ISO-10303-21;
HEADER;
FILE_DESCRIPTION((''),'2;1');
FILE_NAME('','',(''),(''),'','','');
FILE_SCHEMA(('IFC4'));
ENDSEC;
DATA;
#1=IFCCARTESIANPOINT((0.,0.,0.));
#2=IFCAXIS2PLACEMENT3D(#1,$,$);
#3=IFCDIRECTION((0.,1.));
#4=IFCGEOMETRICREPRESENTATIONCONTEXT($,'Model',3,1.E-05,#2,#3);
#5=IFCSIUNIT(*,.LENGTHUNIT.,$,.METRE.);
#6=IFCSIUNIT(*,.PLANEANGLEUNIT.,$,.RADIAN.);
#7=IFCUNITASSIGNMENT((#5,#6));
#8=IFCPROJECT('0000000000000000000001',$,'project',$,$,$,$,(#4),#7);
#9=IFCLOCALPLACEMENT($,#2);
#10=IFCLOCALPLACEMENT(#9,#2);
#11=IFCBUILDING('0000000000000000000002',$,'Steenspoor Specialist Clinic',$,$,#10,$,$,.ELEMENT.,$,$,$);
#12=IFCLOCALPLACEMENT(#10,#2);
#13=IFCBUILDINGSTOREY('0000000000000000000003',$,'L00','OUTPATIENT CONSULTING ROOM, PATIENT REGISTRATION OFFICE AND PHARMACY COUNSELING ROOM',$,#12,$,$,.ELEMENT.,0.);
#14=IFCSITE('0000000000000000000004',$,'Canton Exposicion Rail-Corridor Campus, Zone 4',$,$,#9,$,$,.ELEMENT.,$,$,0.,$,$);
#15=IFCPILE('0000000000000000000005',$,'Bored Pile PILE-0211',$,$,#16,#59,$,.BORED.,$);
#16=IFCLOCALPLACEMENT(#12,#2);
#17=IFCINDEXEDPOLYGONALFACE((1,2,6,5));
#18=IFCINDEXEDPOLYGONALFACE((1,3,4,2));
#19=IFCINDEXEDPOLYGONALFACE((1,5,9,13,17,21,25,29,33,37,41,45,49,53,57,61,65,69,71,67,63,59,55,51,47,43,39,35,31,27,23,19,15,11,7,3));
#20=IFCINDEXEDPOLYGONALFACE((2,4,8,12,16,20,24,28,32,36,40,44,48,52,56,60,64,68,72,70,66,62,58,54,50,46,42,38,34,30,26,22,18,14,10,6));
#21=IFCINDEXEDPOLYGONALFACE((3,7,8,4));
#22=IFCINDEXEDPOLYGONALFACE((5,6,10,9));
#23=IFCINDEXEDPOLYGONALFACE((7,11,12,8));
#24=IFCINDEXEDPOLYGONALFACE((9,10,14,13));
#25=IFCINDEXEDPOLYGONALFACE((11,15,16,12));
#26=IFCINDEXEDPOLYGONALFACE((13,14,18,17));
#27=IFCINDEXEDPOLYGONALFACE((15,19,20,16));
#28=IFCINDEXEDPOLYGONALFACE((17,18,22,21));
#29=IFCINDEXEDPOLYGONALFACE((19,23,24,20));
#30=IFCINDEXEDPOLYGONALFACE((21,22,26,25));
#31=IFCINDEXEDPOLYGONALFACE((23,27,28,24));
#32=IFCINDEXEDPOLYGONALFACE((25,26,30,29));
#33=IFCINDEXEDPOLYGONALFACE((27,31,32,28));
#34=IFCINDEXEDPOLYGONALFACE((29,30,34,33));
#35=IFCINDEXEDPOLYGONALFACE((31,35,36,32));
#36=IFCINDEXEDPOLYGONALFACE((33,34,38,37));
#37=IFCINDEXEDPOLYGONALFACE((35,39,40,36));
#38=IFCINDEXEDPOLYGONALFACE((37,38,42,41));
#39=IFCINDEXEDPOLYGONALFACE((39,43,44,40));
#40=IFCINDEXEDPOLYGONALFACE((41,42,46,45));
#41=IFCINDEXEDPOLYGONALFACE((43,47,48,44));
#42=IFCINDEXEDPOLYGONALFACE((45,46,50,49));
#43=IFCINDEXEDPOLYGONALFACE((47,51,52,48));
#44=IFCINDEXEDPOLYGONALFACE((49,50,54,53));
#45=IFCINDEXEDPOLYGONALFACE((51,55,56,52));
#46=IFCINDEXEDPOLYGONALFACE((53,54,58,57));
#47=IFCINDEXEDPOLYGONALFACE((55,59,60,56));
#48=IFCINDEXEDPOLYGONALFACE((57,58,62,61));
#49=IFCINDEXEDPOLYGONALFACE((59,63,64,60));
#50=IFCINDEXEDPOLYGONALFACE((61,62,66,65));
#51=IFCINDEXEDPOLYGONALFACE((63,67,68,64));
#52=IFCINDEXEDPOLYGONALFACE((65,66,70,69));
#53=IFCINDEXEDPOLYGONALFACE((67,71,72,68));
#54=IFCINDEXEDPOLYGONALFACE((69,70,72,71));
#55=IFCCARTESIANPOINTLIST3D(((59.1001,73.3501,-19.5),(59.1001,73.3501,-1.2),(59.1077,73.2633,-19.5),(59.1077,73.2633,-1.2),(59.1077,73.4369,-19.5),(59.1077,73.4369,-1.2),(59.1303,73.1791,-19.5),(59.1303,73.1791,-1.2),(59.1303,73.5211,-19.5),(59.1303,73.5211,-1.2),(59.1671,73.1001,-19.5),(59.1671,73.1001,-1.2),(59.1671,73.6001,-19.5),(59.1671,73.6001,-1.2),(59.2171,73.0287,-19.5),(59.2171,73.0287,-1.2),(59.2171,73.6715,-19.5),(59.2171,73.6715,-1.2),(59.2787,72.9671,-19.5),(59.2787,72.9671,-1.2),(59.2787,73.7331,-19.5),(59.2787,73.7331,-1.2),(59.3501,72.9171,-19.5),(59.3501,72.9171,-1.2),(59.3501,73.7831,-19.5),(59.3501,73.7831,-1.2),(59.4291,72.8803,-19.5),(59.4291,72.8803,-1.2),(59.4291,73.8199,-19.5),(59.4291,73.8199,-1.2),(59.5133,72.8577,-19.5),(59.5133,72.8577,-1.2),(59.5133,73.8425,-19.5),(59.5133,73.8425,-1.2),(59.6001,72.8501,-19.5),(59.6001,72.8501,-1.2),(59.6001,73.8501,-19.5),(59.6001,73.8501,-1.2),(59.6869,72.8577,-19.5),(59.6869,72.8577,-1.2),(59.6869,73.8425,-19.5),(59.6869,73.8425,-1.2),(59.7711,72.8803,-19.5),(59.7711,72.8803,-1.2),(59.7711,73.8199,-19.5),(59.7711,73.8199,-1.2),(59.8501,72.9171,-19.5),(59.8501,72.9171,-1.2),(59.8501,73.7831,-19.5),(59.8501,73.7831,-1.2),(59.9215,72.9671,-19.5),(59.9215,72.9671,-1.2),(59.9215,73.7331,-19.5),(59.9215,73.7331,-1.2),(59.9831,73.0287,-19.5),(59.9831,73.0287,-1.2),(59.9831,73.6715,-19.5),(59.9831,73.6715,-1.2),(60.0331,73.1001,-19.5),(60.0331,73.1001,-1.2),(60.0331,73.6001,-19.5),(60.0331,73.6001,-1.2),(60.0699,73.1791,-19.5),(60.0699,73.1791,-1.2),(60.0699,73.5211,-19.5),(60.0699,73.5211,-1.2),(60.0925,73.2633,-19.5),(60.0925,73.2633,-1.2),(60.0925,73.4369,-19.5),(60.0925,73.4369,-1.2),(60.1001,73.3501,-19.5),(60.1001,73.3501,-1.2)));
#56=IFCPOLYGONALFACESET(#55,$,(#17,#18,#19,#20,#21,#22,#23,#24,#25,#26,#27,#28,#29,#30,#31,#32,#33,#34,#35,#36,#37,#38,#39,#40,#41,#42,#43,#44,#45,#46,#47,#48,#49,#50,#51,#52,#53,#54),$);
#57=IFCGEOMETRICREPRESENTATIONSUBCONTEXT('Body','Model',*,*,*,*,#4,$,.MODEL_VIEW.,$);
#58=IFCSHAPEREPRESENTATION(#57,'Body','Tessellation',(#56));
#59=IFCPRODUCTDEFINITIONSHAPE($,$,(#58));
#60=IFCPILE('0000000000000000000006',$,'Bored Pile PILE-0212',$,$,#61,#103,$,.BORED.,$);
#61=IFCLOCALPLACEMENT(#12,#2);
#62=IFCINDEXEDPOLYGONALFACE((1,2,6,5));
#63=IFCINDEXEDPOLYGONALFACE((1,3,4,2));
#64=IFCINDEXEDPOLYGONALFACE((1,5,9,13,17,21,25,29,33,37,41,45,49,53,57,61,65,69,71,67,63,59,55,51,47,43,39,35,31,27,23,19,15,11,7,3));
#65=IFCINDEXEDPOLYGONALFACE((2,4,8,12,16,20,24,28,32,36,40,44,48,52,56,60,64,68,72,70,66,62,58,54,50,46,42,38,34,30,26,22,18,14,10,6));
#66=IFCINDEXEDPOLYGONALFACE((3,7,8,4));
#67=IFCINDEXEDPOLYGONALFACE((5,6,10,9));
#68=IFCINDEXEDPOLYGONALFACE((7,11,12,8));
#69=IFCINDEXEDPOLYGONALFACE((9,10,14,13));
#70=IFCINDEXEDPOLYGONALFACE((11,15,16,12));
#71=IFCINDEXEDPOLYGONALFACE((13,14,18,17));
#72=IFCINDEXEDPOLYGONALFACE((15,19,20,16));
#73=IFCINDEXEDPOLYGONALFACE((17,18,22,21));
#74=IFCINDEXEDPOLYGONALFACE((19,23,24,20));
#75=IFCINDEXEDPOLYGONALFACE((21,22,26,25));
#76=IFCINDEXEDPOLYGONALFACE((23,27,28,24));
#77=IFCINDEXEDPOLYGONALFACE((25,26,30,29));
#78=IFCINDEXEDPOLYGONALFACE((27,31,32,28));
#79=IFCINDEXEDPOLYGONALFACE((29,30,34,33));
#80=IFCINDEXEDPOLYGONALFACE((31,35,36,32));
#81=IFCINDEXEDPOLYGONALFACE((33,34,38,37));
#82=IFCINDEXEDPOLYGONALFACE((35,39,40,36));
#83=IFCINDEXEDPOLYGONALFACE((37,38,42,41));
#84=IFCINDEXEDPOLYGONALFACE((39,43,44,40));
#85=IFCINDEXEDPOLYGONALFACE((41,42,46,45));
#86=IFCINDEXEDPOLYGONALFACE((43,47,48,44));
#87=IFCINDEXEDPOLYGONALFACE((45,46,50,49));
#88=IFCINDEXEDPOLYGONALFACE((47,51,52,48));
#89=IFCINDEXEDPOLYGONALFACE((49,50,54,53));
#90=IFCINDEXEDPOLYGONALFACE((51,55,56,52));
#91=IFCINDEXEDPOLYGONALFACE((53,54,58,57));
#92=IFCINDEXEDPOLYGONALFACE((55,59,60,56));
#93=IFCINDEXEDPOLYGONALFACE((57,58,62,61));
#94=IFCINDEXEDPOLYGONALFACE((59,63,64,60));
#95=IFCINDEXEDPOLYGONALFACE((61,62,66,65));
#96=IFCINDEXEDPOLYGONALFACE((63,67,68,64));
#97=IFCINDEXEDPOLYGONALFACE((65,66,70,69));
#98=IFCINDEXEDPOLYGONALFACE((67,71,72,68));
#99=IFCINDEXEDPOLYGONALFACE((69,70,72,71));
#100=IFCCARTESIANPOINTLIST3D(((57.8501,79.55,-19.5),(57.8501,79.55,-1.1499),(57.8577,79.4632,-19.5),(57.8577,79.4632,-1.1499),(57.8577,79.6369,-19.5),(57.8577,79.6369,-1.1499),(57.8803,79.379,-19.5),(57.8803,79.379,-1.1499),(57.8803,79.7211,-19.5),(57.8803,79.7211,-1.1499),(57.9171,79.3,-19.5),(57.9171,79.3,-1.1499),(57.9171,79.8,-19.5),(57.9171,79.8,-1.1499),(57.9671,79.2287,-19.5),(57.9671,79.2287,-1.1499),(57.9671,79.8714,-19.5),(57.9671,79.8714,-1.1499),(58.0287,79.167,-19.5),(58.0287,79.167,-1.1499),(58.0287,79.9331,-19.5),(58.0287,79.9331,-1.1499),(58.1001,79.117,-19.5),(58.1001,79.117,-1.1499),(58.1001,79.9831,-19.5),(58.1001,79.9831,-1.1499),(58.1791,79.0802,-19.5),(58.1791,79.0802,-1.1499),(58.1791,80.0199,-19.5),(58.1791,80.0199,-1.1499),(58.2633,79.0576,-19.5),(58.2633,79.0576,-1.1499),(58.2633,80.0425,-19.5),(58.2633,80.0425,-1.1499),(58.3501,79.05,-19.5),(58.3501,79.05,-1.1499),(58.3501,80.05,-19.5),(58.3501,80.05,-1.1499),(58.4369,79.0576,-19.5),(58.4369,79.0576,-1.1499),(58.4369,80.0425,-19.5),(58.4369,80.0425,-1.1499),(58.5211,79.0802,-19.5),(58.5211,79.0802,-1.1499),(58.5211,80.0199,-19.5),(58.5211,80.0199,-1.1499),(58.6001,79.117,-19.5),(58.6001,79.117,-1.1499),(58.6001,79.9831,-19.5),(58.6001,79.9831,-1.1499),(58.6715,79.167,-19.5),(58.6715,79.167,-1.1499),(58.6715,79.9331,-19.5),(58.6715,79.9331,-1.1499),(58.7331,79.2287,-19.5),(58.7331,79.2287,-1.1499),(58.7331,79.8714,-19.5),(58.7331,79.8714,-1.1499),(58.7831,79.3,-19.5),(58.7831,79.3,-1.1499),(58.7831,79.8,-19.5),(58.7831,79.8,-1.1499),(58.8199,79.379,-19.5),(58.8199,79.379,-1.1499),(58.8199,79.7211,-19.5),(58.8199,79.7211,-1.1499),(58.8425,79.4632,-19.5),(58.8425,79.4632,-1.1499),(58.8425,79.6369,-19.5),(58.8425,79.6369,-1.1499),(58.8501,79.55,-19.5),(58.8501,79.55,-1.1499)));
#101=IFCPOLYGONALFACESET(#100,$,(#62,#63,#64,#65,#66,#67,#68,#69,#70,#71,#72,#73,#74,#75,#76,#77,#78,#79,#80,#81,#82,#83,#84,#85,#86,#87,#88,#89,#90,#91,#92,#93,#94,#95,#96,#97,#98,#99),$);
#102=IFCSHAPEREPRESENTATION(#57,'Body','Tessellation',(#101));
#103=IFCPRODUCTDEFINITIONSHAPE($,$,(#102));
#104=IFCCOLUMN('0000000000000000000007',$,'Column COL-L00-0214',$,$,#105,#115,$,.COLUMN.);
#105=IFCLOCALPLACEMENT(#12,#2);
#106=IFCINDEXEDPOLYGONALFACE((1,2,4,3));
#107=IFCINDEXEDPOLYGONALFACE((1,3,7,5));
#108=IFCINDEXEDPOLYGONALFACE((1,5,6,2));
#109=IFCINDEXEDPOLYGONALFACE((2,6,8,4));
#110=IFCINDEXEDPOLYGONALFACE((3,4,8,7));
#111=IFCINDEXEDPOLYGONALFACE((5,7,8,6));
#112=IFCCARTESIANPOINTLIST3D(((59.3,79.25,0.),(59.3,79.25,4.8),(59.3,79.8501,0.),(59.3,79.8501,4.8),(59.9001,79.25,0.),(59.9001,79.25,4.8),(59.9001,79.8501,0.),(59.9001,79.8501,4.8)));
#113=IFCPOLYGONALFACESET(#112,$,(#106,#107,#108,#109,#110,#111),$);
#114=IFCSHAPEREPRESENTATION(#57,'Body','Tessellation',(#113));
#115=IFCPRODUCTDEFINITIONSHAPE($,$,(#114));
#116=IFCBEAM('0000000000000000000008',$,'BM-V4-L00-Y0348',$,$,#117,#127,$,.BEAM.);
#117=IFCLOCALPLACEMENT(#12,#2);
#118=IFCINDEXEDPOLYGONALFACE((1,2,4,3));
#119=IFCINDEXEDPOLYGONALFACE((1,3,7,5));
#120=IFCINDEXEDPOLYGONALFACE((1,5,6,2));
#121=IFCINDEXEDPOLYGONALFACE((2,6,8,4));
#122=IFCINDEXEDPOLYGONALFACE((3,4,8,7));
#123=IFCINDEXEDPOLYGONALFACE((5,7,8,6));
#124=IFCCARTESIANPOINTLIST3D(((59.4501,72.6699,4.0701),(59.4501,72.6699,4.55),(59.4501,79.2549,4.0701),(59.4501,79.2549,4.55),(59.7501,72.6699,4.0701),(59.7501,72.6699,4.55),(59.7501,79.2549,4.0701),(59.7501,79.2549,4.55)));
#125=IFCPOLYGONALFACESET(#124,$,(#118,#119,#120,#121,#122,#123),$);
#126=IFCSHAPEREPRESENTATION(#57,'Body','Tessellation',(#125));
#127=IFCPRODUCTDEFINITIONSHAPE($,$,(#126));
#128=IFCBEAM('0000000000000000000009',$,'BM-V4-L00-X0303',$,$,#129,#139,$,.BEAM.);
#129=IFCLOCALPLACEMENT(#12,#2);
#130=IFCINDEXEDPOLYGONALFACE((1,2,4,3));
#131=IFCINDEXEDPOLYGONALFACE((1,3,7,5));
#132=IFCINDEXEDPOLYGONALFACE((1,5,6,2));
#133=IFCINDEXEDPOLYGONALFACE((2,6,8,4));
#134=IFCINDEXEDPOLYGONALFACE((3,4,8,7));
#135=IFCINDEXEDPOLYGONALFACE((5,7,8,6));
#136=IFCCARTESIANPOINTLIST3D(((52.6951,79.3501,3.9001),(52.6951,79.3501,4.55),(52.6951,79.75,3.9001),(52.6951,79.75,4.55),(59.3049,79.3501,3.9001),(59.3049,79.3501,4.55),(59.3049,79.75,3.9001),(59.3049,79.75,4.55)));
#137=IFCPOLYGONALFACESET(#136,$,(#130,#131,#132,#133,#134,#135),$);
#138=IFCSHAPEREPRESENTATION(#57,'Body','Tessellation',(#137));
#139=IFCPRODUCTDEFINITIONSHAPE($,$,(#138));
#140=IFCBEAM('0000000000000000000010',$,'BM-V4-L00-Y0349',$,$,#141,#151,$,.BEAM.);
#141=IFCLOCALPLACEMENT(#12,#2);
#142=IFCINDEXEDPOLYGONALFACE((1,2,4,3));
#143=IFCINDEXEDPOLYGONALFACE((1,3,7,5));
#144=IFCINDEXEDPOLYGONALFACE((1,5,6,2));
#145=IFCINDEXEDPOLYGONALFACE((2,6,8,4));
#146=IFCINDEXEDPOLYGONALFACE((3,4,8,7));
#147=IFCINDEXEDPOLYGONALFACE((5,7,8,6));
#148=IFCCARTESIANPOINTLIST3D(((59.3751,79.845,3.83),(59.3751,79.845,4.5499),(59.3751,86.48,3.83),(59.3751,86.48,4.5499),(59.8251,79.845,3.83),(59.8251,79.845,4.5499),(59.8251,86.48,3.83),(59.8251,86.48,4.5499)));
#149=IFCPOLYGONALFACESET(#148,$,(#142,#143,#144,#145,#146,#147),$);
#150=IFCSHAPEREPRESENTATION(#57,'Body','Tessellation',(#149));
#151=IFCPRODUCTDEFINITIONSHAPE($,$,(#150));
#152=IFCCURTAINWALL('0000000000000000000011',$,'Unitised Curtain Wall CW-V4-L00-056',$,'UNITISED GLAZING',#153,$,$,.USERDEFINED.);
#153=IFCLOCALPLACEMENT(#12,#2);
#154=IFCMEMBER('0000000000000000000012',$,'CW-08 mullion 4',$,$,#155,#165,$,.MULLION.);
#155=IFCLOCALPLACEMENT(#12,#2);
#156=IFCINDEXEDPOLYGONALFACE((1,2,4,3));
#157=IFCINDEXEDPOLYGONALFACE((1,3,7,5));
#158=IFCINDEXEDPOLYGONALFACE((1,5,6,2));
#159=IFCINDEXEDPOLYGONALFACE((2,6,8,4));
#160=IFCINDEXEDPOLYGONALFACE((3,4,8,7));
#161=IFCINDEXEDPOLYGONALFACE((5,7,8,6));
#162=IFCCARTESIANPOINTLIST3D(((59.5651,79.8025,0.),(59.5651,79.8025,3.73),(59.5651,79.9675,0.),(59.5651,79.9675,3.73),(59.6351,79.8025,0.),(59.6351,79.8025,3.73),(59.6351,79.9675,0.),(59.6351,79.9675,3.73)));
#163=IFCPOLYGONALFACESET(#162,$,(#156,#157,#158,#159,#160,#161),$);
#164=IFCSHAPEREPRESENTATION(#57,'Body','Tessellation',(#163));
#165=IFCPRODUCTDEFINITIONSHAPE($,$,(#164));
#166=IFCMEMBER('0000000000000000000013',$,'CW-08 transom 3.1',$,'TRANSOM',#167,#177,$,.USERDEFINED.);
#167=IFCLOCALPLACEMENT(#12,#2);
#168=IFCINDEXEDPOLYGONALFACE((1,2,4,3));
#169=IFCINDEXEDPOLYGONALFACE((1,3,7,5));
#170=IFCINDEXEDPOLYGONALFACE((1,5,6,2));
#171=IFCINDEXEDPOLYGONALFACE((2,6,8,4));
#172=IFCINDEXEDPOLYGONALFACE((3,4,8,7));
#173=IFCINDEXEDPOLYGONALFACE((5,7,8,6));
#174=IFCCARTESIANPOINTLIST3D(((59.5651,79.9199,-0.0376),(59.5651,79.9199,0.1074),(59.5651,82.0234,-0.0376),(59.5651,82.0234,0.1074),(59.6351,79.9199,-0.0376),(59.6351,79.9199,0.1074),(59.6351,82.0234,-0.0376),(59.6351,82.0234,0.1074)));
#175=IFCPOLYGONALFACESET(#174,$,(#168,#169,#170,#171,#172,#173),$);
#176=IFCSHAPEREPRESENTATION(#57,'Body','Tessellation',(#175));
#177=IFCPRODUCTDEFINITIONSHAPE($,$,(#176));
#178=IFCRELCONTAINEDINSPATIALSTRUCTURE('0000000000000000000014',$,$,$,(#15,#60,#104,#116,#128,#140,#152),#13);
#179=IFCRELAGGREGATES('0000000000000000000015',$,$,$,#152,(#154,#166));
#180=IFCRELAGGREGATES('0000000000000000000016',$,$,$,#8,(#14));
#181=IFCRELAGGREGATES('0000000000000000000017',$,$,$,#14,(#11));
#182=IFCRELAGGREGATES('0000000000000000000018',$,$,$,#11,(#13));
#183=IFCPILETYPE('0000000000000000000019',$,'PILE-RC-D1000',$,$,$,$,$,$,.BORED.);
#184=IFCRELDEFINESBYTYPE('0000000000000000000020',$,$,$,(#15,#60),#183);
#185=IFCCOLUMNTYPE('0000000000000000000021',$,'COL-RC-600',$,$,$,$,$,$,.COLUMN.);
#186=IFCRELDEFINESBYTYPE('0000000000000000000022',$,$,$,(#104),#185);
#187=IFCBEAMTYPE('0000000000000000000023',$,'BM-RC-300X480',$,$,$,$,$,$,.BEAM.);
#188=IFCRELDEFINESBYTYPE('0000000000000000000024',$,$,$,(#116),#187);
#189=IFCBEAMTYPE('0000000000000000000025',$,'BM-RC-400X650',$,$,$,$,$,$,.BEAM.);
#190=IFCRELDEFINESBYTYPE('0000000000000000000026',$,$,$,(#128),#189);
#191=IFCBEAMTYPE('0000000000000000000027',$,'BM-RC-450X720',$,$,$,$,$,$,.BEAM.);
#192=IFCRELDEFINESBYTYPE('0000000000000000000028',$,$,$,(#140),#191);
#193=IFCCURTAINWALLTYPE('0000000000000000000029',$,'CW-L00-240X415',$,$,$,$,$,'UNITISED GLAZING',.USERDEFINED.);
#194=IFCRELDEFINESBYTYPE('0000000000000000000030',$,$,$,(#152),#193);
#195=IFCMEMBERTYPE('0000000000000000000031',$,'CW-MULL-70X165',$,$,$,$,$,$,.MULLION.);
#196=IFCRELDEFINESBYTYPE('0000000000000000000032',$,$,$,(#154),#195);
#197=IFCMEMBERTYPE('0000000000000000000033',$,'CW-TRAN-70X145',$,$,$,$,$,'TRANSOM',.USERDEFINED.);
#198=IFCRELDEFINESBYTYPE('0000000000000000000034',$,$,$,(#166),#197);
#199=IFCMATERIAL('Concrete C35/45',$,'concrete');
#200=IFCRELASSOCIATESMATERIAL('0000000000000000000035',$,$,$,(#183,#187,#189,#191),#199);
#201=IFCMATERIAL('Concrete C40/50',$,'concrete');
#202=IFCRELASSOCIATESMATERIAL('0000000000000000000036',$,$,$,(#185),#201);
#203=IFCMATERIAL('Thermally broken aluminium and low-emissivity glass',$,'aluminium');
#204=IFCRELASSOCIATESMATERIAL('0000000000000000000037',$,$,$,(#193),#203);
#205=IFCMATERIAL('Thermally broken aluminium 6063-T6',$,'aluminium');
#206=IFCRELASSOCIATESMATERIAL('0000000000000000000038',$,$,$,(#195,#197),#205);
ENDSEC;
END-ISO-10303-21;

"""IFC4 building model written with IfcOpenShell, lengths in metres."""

from ifc_helpers import new_model, si_unit, direction, frame, origin, origin_2d, place, context, subcontext, project, spatial, rectangle, circle, extrude, material, material_profile, profile_set, type_object, element, aggregate, save


model = new_model("IFC4")

# Units and contexts
model_context = context("Model", 3, precision=1e-05, world=origin(), true_north=direction((0.0, 1.0)))
body_context = subcontext(model_context, "Body", "Model", "MODEL_VIEW")
ifc_project = project(units=[si_unit("LENGTHUNIT", "METRE"), si_unit("PLANEANGLEUNIT", "RADIAN")], contexts=[model_context])

# Site, building, storey
site_placement = place(None, origin())
site = spatial("IfcSite", under=ifc_project, at=site_placement, Name="Canton Exposicion Rail-Corridor Campus, Zone 4", CompositionType="ELEMENT", RefElevation=0.0)
building_placement = place(site_placement, origin())
building = spatial("IfcBuilding", under=site, at=building_placement, Name="Steenspoor Specialist Clinic", CompositionType="ELEMENT")
storey_placement = place(building_placement, origin())
storey = spatial("IfcBuildingStorey", under=building, at=storey_placement, Name="L00", Description="OUTPATIENT CONSULTING ROOM, PATIENT REGISTRATION OFFICE AND PHARMACY COUNSELING ROOM", CompositionType="ELEMENT", Elevation=0.0)

# Shared definitions
ifc_material_1 = material(Name="Concrete C35/45", Category="concrete")

# Piles
ifc_material_profile_1 = material_profile(ifc_material_1, circle(Radius=0.5, at=origin_2d()), Name="PILE-D1000")
ifc_profile_set_1 = profile_set([ifc_material_profile_1], Name="Concrete C35/45")
pile_type = type_object("IfcPileType", Name="PILE-RC-D1000", PredefinedType="BORED", material=ifc_profile_set_1)
pile_1_placement = place(storey_placement, frame((59.6001, 73.3501, -1.2), z_axis=(0.0, 0.0, -1.0), x_axis=(1.0, 0.0, 0.0)))
element("IfcPile", 1, at=pile_1_placement, inside=storey, type_object=pile_type, Name="Bored Pile PILE-0211", PredefinedType="BORED", context=body_context, shape_type="SweptSolid", body=[
    extrude(circle(Radius=0.5, at=origin_2d()), origin(), (0.0, 0.0, 1.0), 18.3),
])
pile_2_placement = place(storey_placement, frame((58.3501, 79.55, -1.1499), z_axis=(0.0, 0.0, -1.0), x_axis=(1.0, 0.0, 0.0)))
element("IfcPile", 2, at=pile_2_placement, inside=storey, type_object=pile_type, Name="Bored Pile PILE-0212", PredefinedType="BORED", context=body_context, shape_type="SweptSolid", body=[
    extrude(circle(Radius=0.5, at=origin_2d()), origin(), (0.0, 0.0, 1.0), 18.3501),
])

# Column
ifc_material_2 = material(Name="Concrete C40/50", Category="concrete")
ifc_material_profile_2 = material_profile(ifc_material_2, rectangle(XDim=0.6001, YDim=0.6001, at=origin_2d()), Name="RC-COL-600X600")
ifc_profile_set_2 = profile_set([ifc_material_profile_2], Name="Concrete C40/50")
column_type = type_object("IfcColumnType", Name="COL-RC-600", PredefinedType="COLUMN", material=ifc_profile_set_2)
column_placement = place(storey_placement, frame((59.6001, 79.55, 0.0), z_axis=(0.0, 0.0, 1.0), x_axis=(1.0, 0.0, 0.0)))
element("IfcColumn", 3, at=column_placement, inside=storey, type_object=column_type, Name="Column COL-L00-0214", PredefinedType="COLUMN", context=body_context, shape_type="SweptSolid", body=[
    extrude(rectangle(XDim=0.6001, YDim=0.6001, at=origin_2d()), origin(), (0.0, 0.0, 1.0), 4.8),
])

# Beams
ifc_material_profile_3 = material_profile(ifc_material_1, rectangle(XDim=0.3, YDim=0.48, at=origin_2d()), Name="RC-BM-300X480")
ifc_profile_set_3 = profile_set([ifc_material_profile_3], Name="Concrete C35/45")
beam_type_1 = type_object("IfcBeamType", Name="BM-RC-300X480", PredefinedType="BEAM", material=ifc_profile_set_3)
beam_1_placement = place(storey_placement, frame((59.6001, 72.6699, 4.3101), z_axis=(0.0, 1.0, 0.0), x_axis=(-1.0, 0.0, 0.0)))
element("IfcBeam", 4, at=beam_1_placement, inside=storey, type_object=beam_type_1, Name="BM-V4-L00-Y0348", PredefinedType="BEAM", context=body_context, shape_type="SweptSolid", body=[
    extrude(rectangle(XDim=0.3, YDim=0.48, at=origin_2d()), origin(), (0.0, 0.0, 1.0), 6.585),
])
ifc_material_profile_4 = material_profile(ifc_material_1, rectangle(XDim=0.3999, YDim=0.6499, at=origin_2d()), Name="RC-BM-400X650")
ifc_profile_set_4 = profile_set([ifc_material_profile_4], Name="Concrete C35/45")
beam_type_2 = type_object("IfcBeamType", Name="BM-RC-400X650", PredefinedType="BEAM", material=ifc_profile_set_4)
beam_2_placement = place(storey_placement, frame((52.6951, 79.55, 4.2251), z_axis=(1.0, 0.0, 0.0), x_axis=(0.0, 1.0, 0.0)))
element("IfcBeam", 5, at=beam_2_placement, inside=storey, type_object=beam_type_2, Name="BM-V4-L00-X0303", PredefinedType="BEAM", context=body_context, shape_type="SweptSolid", body=[
    extrude(rectangle(XDim=0.3999, YDim=0.6499, at=origin_2d()), origin(), (0.0, 0.0, 1.0), 6.6099),
])
ifc_material_profile_5 = material_profile(ifc_material_1, rectangle(XDim=0.45, YDim=0.72, at=origin_2d()), Name="RC-BM-450X720")
ifc_profile_set_5 = profile_set([ifc_material_profile_5], Name="Concrete C35/45")
beam_type_3 = type_object("IfcBeamType", Name="BM-RC-450X720", PredefinedType="BEAM", material=ifc_profile_set_5)
beam_3_placement = place(storey_placement, frame((59.6001, 79.845, 4.1899), z_axis=(0.0, 1.0, 0.0), x_axis=(-1.0, 0.0, 0.0)))
element("IfcBeam", 6, at=beam_3_placement, inside=storey, type_object=beam_type_3, Name="BM-V4-L00-Y0349", PredefinedType="BEAM", context=body_context, shape_type="SweptSolid", body=[
    extrude(rectangle(XDim=0.45, YDim=0.72, at=origin_2d()), origin(), (0.0, 0.0, 1.0), 6.635),
])

# Curtain wall, members
ifc_material_3 = material(Name="Thermally broken aluminium and low-emissivity glass", Category="aluminium")
curtain_wall_type = type_object("IfcCurtainWallType", Name="CW-L00-240X415", ElementType="UNITISED GLAZING", PredefinedType="USERDEFINED", material=ifc_material_3)
curtain_wall_placement = place(storey_placement, origin())
curtain_wall = element("IfcCurtainWall", 7, at=curtain_wall_placement, inside=storey, type_object=curtain_wall_type, Name="Unitised Curtain Wall CW-V4-L00-056", ObjectType="UNITISED GLAZING", PredefinedType="USERDEFINED")
ifc_material_4 = material(Name="Thermally broken aluminium 6063-T6", Category="aluminium")
ifc_material_profile_6 = material_profile(ifc_material_4, rectangle(XDim=0.0701, YDim=0.165, at=origin_2d()), Name="CWM-70X165")
ifc_profile_set_6 = profile_set([ifc_material_profile_6], Name="Thermally broken aluminium 6063-T6")
member_type_1 = type_object("IfcMemberType", Name="CW-MULL-70X165", PredefinedType="MULLION", material=ifc_profile_set_6)
member_1_placement = place(storey_placement, frame((59.6001, 79.885, 0.0), z_axis=(0.0, 0.0, 1.0), x_axis=(1.0, 0.0, 0.0)))
member_1 = element("IfcMember", 8, at=member_1_placement, type_object=member_type_1, Name="CW-08 mullion 4", PredefinedType="MULLION", context=body_context, shape_type="SweptSolid", body=[
    extrude(rectangle(XDim=0.0701, YDim=0.165, at=origin_2d()), origin(), (0.0, 0.0, 1.0), 3.73),
])
ifc_material_profile_7 = material_profile(ifc_material_4, rectangle(XDim=0.0701, YDim=0.145, at=origin_2d()), Name="CWT-70X145")
ifc_profile_set_7 = profile_set([ifc_material_profile_7], Name="Thermally broken aluminium 6063-T6")
member_type_2 = type_object("IfcMemberType", Name="CW-TRAN-70X145", ElementType="TRANSOM", PredefinedType="USERDEFINED", material=ifc_profile_set_7)
member_2_placement = place(storey_placement, frame((59.6001, 82.0234, 0.0349), z_axis=(0.0, -1.0, 0.0), x_axis=(1.0, 0.0, 0.0)))
member_2 = element("IfcMember", 9, at=member_2_placement, type_object=member_type_2, Name="CW-08 transom 3.1", ObjectType="TRANSOM", PredefinedType="USERDEFINED", context=body_context, shape_type="SweptSolid", body=[
    extrude(rectangle(XDim=0.0701, YDim=0.145, at=origin_2d()), origin(), (0.0, 0.0, 1.0), 2.1035),
])

aggregate(curtain_wall, [member_1, member_2])

save(model, "model.ifc")
